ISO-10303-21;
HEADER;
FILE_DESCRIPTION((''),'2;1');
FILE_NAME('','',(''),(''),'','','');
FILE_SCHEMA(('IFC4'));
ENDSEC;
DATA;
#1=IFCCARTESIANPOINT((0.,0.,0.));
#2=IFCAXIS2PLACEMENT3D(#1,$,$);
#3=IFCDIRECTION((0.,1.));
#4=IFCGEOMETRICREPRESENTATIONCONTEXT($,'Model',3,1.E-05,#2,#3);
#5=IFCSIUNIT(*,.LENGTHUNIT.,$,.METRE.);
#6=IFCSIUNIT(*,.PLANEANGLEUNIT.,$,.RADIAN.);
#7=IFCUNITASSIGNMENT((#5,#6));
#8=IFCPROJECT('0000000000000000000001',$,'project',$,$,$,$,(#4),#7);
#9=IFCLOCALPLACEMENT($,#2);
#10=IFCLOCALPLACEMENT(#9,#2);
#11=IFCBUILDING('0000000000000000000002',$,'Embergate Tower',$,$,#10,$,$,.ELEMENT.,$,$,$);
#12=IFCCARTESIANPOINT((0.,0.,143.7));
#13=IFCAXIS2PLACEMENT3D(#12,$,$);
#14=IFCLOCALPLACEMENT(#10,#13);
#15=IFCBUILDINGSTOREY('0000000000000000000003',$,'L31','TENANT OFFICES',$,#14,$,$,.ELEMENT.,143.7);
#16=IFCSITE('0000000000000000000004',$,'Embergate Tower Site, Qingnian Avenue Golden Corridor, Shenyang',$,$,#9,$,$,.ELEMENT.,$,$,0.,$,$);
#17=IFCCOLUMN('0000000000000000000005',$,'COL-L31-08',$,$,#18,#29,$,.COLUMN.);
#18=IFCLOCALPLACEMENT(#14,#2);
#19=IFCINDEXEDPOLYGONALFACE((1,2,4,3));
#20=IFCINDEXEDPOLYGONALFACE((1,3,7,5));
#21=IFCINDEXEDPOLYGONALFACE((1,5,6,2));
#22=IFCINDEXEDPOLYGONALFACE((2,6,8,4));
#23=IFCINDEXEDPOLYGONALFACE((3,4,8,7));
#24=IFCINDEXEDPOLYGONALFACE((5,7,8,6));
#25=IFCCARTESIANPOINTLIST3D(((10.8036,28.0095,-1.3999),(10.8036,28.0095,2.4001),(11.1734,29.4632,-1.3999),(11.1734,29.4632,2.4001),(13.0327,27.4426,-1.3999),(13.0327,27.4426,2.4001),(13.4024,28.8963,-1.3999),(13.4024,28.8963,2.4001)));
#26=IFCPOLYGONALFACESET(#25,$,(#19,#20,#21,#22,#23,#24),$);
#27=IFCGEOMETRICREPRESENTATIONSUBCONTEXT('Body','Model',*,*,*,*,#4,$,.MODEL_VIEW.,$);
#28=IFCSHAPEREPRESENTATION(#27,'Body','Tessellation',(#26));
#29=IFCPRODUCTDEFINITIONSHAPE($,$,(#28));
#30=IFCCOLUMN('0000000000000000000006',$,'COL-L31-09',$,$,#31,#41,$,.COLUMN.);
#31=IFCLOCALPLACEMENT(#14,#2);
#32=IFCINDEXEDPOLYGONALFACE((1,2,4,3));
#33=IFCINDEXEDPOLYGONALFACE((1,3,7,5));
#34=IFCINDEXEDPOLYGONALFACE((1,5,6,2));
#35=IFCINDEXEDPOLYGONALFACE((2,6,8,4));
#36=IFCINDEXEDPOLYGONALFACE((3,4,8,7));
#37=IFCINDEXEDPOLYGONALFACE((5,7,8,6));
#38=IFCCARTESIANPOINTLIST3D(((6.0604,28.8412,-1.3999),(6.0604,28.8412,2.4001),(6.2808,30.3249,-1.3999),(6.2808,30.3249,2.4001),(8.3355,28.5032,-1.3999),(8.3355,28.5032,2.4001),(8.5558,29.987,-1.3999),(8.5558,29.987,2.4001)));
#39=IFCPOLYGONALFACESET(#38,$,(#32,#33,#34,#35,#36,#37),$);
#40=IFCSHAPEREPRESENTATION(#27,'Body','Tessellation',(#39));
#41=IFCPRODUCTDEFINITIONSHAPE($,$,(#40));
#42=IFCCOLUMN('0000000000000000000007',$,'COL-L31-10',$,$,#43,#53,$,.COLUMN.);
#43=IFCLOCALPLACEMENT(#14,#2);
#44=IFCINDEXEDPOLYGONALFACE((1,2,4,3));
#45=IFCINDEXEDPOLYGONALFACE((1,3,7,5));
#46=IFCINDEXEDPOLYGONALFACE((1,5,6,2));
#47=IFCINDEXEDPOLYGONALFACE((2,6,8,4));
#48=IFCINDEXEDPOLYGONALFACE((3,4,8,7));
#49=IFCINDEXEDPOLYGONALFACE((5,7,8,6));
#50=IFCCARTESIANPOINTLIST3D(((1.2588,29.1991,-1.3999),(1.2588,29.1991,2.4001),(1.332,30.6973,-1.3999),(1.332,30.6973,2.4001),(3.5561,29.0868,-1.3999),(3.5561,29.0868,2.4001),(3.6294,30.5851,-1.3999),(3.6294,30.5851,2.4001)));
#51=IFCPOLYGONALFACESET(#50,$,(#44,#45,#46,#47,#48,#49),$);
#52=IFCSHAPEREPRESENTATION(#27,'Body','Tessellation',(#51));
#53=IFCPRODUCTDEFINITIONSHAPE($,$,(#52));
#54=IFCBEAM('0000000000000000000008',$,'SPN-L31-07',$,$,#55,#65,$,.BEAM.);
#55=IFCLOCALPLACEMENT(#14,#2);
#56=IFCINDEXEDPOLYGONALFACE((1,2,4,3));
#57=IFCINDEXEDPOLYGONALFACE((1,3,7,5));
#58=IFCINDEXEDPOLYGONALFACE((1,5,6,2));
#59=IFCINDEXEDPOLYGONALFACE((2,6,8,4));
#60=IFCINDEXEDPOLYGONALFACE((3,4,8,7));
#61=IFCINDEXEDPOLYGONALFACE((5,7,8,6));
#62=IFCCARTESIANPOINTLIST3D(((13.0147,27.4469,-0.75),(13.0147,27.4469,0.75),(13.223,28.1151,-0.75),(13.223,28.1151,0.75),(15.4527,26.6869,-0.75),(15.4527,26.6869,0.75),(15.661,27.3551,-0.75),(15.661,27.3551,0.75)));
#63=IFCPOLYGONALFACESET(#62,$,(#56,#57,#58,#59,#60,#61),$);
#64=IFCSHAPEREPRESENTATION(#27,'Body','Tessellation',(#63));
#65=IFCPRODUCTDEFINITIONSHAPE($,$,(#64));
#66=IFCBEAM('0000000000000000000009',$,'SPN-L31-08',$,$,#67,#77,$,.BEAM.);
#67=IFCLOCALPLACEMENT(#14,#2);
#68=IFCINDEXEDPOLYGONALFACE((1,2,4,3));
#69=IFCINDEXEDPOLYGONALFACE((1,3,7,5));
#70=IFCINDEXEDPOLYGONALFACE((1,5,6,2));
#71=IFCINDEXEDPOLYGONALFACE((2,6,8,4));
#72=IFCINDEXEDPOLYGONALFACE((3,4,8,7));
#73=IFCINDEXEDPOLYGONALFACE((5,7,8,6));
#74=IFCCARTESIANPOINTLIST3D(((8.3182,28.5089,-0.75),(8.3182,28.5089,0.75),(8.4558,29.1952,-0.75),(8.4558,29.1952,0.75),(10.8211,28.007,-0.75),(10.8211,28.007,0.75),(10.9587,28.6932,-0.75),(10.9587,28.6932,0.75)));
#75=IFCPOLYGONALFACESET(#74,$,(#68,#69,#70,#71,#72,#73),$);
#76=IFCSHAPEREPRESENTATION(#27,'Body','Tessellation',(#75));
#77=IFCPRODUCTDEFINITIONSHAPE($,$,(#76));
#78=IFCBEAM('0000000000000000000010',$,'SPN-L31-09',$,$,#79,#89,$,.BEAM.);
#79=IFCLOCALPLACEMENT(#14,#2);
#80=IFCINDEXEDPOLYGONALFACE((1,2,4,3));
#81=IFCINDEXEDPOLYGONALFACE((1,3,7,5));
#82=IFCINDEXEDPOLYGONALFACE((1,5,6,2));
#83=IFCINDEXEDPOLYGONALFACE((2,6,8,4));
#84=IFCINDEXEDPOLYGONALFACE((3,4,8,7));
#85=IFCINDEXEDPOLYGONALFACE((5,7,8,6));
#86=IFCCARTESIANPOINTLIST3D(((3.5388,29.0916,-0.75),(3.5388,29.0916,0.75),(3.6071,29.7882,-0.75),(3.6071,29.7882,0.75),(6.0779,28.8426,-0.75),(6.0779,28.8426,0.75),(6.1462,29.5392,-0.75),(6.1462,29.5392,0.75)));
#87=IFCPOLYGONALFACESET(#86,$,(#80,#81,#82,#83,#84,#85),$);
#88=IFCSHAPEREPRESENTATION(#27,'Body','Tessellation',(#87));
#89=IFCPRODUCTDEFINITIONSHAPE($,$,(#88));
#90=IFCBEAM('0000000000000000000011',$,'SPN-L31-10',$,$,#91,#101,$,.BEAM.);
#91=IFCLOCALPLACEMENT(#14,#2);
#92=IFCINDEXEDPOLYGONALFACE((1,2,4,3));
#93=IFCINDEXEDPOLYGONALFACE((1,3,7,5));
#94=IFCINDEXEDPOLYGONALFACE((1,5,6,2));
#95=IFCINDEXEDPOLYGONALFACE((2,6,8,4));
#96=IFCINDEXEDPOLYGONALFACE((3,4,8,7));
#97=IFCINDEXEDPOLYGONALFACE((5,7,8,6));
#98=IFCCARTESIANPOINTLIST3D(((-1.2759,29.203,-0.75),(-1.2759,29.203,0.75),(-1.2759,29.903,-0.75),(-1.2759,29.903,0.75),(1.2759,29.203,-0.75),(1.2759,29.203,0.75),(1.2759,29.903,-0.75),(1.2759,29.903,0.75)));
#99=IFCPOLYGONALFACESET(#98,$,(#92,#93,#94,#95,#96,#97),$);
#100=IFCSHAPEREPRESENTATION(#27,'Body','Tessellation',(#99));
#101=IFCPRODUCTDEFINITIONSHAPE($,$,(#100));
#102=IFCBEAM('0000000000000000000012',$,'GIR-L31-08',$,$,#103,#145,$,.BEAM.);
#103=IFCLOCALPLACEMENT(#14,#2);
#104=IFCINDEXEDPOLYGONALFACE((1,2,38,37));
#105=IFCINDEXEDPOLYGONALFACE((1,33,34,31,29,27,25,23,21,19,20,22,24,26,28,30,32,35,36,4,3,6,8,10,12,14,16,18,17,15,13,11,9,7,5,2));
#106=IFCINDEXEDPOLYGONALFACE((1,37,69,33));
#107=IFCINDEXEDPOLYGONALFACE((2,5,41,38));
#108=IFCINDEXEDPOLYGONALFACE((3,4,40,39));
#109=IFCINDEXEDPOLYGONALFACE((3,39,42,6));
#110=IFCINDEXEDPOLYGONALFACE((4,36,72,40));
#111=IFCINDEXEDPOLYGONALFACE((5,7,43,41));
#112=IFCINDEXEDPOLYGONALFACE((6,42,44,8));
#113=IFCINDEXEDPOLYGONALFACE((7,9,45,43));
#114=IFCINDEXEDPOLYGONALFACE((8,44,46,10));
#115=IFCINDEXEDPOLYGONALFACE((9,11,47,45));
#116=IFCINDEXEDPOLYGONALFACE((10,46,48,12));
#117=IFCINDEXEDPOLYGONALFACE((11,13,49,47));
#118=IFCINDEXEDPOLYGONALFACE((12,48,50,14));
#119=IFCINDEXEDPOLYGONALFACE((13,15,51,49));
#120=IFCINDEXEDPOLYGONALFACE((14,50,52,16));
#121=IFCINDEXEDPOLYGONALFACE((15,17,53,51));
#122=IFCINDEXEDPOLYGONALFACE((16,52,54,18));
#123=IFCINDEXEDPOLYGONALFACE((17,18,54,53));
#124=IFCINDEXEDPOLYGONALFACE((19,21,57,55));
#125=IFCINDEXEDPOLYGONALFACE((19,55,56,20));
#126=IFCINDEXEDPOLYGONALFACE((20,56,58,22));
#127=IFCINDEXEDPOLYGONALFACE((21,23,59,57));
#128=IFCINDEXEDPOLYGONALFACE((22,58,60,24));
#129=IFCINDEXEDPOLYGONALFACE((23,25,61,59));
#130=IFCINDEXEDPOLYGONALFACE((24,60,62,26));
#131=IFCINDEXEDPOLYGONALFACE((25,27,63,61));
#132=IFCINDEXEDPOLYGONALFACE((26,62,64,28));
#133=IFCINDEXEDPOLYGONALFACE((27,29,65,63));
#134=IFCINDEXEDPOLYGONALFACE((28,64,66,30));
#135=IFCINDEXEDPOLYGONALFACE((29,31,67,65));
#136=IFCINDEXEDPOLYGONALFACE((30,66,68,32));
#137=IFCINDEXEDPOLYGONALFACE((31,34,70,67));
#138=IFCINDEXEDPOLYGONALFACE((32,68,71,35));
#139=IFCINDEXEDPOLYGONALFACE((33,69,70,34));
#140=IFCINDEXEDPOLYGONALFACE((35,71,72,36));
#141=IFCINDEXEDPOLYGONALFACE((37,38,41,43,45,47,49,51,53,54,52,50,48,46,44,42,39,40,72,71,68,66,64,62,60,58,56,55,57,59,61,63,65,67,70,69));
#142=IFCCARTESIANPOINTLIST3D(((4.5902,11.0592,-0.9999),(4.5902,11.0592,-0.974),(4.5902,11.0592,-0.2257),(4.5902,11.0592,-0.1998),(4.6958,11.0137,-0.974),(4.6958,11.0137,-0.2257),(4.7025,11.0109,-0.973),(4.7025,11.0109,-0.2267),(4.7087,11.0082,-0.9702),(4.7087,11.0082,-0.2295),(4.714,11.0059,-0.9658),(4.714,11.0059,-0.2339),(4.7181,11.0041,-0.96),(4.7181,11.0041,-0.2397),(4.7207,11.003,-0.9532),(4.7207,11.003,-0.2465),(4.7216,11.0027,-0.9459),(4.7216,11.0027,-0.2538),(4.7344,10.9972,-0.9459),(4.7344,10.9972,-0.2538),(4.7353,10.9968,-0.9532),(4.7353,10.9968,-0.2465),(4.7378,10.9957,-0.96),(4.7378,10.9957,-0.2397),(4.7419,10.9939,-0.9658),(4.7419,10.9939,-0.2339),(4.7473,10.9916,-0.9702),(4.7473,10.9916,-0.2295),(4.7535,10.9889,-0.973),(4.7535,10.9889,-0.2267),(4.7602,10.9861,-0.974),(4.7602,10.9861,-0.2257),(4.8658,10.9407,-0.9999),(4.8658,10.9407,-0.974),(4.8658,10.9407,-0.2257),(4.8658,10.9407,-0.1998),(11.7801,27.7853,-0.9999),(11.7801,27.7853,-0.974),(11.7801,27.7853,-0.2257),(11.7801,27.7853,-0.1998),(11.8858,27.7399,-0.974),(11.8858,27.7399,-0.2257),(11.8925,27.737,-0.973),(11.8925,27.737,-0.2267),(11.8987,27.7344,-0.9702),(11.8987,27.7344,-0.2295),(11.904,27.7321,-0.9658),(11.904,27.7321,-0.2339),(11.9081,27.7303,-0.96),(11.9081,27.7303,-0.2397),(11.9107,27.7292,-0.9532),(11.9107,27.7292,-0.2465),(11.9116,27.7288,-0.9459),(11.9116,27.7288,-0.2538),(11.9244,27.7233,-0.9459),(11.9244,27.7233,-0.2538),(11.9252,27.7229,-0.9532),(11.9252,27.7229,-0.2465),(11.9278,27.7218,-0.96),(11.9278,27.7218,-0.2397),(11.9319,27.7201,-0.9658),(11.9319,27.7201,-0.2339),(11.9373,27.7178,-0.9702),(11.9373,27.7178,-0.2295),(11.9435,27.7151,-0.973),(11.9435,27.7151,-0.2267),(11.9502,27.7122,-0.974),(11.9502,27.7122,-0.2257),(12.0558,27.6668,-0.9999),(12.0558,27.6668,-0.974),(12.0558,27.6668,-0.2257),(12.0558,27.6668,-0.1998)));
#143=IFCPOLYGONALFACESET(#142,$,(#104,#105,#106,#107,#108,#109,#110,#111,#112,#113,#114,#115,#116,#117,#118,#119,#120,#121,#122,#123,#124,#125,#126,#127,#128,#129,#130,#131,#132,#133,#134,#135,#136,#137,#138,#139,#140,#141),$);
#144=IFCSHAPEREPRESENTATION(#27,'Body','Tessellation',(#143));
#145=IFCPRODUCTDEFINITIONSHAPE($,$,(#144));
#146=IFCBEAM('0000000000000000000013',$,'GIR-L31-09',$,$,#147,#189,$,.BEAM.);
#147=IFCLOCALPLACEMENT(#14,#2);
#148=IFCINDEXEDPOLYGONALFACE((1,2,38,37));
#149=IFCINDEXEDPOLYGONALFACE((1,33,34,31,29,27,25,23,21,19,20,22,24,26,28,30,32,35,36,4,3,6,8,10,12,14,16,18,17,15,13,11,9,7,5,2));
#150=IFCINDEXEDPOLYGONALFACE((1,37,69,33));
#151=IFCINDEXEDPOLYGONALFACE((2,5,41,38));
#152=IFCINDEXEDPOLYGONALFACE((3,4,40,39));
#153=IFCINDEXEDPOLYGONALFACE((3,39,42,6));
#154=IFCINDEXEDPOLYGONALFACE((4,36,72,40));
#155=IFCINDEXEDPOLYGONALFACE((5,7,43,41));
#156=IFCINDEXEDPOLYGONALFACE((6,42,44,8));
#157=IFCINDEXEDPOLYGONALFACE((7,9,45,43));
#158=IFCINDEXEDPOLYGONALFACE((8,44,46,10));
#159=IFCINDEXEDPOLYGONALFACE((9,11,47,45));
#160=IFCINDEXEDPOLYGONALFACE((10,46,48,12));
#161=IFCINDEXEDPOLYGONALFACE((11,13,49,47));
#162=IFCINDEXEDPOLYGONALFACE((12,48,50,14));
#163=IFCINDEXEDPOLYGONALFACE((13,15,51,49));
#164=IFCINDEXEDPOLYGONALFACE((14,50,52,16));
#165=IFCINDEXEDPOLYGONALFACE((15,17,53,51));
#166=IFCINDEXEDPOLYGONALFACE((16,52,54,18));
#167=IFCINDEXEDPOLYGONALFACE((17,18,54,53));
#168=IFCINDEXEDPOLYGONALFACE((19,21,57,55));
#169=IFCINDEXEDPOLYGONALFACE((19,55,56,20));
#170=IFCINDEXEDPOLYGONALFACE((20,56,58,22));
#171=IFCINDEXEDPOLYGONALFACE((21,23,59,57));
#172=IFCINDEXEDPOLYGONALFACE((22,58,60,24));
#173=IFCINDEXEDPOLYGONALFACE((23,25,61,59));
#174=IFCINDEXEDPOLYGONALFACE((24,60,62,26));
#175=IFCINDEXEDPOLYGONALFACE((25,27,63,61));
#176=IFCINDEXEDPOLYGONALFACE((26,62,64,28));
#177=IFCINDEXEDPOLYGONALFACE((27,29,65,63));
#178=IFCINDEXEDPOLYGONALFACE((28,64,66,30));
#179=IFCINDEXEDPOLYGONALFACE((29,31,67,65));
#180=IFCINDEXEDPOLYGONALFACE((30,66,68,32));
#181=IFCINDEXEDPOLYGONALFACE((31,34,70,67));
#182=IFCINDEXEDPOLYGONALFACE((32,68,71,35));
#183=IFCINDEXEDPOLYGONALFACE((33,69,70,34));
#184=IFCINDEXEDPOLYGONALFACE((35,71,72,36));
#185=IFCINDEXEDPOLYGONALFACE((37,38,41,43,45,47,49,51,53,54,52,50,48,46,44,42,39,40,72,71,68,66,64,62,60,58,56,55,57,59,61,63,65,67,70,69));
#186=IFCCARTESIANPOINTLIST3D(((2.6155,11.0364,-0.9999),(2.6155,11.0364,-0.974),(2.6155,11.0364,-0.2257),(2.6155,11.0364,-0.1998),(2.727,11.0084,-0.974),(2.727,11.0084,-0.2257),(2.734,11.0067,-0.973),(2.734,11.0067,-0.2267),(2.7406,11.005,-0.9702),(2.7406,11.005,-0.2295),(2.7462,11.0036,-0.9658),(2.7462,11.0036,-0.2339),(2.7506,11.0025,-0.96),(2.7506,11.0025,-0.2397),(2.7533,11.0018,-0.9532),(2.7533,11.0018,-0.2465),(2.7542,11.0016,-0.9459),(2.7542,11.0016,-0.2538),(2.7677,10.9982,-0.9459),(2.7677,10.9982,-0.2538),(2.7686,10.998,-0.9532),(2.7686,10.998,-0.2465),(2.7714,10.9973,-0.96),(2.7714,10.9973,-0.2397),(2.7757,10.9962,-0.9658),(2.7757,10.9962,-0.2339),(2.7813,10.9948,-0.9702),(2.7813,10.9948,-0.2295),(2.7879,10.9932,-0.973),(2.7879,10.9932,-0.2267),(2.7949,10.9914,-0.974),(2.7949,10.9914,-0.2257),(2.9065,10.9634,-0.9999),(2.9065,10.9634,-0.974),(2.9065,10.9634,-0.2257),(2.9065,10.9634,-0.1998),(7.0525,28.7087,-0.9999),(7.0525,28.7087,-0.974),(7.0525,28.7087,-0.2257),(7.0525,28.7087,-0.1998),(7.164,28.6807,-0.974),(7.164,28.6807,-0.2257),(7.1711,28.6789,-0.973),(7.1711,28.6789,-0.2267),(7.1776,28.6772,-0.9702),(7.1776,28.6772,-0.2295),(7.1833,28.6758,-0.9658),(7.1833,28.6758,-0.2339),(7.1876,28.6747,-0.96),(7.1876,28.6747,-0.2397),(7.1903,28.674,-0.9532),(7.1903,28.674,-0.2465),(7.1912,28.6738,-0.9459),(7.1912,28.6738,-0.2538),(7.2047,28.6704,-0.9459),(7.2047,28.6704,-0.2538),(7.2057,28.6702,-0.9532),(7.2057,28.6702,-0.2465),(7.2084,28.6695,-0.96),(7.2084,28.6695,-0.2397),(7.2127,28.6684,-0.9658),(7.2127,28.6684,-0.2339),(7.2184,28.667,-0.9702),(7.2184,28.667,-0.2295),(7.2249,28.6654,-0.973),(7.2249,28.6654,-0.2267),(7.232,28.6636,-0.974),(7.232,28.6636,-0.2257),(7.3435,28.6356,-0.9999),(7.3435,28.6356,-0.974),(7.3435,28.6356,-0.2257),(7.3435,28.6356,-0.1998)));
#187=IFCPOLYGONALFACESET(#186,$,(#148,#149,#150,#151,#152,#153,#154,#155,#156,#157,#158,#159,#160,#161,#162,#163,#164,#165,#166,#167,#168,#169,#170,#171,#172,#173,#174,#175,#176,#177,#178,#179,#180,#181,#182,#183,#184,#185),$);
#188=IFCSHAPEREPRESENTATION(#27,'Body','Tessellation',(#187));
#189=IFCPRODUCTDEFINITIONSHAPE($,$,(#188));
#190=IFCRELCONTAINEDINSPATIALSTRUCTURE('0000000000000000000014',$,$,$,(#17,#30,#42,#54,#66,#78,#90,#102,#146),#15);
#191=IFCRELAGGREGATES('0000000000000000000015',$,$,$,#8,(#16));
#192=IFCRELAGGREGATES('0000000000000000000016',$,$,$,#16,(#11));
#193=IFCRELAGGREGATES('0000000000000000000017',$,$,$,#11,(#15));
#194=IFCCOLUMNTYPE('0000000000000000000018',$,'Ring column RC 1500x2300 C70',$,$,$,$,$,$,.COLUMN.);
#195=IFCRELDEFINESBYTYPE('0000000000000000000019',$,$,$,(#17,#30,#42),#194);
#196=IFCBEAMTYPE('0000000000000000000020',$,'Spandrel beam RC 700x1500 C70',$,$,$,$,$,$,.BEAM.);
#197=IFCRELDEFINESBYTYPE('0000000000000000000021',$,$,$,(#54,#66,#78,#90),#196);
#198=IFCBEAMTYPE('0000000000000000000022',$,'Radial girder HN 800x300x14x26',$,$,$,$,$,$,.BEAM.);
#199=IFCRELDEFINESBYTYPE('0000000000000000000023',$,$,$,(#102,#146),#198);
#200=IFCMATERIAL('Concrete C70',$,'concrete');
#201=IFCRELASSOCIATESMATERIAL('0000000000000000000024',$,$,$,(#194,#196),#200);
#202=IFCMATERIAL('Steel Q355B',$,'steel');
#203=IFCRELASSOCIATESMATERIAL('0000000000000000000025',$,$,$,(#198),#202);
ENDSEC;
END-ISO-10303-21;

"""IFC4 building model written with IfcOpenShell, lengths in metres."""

from ifc_helpers import new_model, si_unit, direction, frame, origin, origin_2d, place, context, subcontext, project, spatial, rectangle, i_section, extrude, source, transform, mapped, material, material_profile, profile_set, type_object, element, save


model = new_model("IFC4")

# Units and contexts
model_context = context("Model", 3, precision=1e-05, world=origin(), true_north=direction((0.0, 1.0)))
body_context = subcontext(model_context, "Body", "Model", "MODEL_VIEW")
ifc_project = project(units=[si_unit("LENGTHUNIT", "METRE"), si_unit("PLANEANGLEUNIT", "RADIAN")], contexts=[model_context])

# Site, building, storey
site_placement = place(None, origin())
site = spatial("IfcSite", under=ifc_project, at=site_placement, Name="Embergate Tower Site, Qingnian Avenue Golden Corridor, Shenyang", CompositionType="ELEMENT", RefElevation=0.0)
building_placement = place(site_placement, origin())
building = spatial("IfcBuilding", under=site, at=building_placement, Name="Embergate Tower", CompositionType="ELEMENT")
storey_placement = place(building_placement, frame((0.0, 0.0, 143.7)))
storey = spatial("IfcBuildingStorey", under=building, at=storey_placement, Name="L31", Description="TENANT OFFICES", CompositionType="ELEMENT", Elevation=143.7)

# Columns
ifc_material_1 = material(Name="Concrete C70", Category="concrete")
ifc_material_profile_1 = material_profile(ifc_material_1, rectangle(XDim=1.5, YDim=2.3, at=origin_2d()), Name="RC 1500x2300")
ifc_profile_set_1 = profile_set([ifc_material_profile_1], Name="Concrete C70")
column_type = type_object("IfcColumnType", Name="Ring column RC 1500x2300 C70", PredefinedType="COLUMN", material=ifc_profile_set_1)
shared_shape_1 = source(origin(), body_context, "Body", "SweptSolid", [
    extrude(rectangle(XDim=1.5, YDim=2.3, at=origin_2d()), origin(), (0.0, 0.0, 1.0), 3.8),
])
for number, where, z_axis, x_axis, name in (
    (1, (12.103, 28.4529, -1.3999), (0.0, 0.0, 1.0), (0.246492, 0.969145, 0.0), "COL-L31-08"),
    (2, (7.3081, 29.4141, -1.3999), (0.0, 0.0, 1.0), (0.146929, 0.989147, 0.0), "COL-L31-09"),
    (3, (2.4441, 29.8921, -1.3999), (0.0, 0.0, 1.0), (0.048815, 0.998808, 0.0), "COL-L31-10"),
):
    element("IfcColumn", number, at=place(storey_placement, frame(where, z_axis=z_axis, x_axis=x_axis)), inside=storey, type_object=column_type, Name=name, PredefinedType="COLUMN", context=body_context, shape_type="MappedRepresentation", body=[
        mapped(shared_shape_1, transform((0.0, 0.0, 0.0))),
    ])

# Beams
ifc_material_profile_2 = material_profile(ifc_material_1, rectangle(XDim=0.7, YDim=1.5, at=origin_2d()), Name="RC 700x1500")
ifc_profile_set_2 = profile_set([ifc_material_profile_2], Name="Concrete C70")
beam_type_1 = type_object("IfcBeamType", Name="Spandrel beam RC 700x1500 C70", PredefinedType="BEAM", material=ifc_profile_set_2)
shared_shape_2 = source(origin(), body_context, "Body", "SweptSolid", [
    extrude(rectangle(XDim=0.7, YDim=1.5, at=origin_2d()), origin(), (0.0, 0.0, 1.0), 2.5537),
])
beam_1_placement = place(storey_placement, frame((15.5569, 27.021, 0.0), z_axis=(-0.954687, 0.297611, 0.0), x_axis=(-0.297611, -0.954687, 0.0)))
element("IfcBeam", 4, at=beam_1_placement, inside=storey, type_object=beam_type_1, Name="SPN-L31-07", PredefinedType="BEAM", context=body_context, shape_type="MappedRepresentation", body=[
    mapped(shared_shape_2, transform((0.0, 0.0, 0.0))),
])
shared_shape_3 = source(origin(), body_context, "Body", "SweptSolid", [
    extrude(rectangle(XDim=0.7, YDim=1.5, at=origin_2d()), origin(), (0.0, 0.0, 1.0), 2.5527),
])
beam_2_placement = place(storey_placement, frame((10.8899, 28.3501, 0.0), z_axis=(-0.980478, 0.196631, 0.0), x_axis=(-0.196631, -0.980478, 0.0)))
element("IfcBeam", 5, at=beam_2_placement, inside=storey, type_object=beam_type_1, Name="SPN-L31-08", PredefinedType="BEAM", context=body_context, shape_type="MappedRepresentation", body=[
    mapped(shared_shape_3, transform((0.0, 0.0, 0.0))),
])
shared_shape_4 = source(origin(), body_context, "Body", "SweptSolid", [
    extrude(rectangle(XDim=0.7, YDim=1.5, at=origin_2d()), origin(), (0.0, 0.0, 1.0), 2.5513),
])
beam_3_placement = place(storey_placement, frame((6.1121, 29.1909, 0.0), z_axis=(-0.995225, 0.097609, 0.0), x_axis=(-0.097609, -0.995225, 0.0)))
element("IfcBeam", 6, at=beam_3_placement, inside=storey, type_object=beam_type_1, Name="SPN-L31-09", PredefinedType="BEAM", context=body_context, shape_type="MappedRepresentation", body=[
    mapped(shared_shape_4, transform((0.0, 0.0, 0.0))),
])
shared_shape_5 = source(origin(), body_context, "Body", "SweptSolid", [
    extrude(rectangle(XDim=0.7, YDim=1.5, at=origin_2d()), origin(), (0.0, 0.0, 1.0), 2.5518),
])
beam_4_placement = place(storey_placement, frame((1.2759, 29.553, 0.0), z_axis=(-1.0, 0.0, 0.0), x_axis=(0.0, -1.0, 0.0)))
element("IfcBeam", 7, at=beam_4_placement, inside=storey, type_object=beam_type_1, Name="SPN-L31-10", PredefinedType="BEAM", context=body_context, shape_type="MappedRepresentation", body=[
    mapped(shared_shape_5, transform((0.0, 0.0, 0.0))),
])
ifc_material_2 = material(Name="Steel Q355B", Category="steel")
ifc_material_profile_3 = material_profile(ifc_material_2, i_section(OverallWidth=0.3, OverallDepth=0.8, WebThickness=0.0139, FlangeThickness=0.0259, FilletRadius=0.0281, at=origin_2d()), Name="HN 800x300x14x26")
ifc_profile_set_3 = profile_set([ifc_material_profile_3], Name="Steel Q355 grade B")
beam_type_2 = type_object("IfcBeamType", Name="Radial girder HN 800x300x14x26", PredefinedType="BEAM", material=ifc_profile_set_3)
shared_shape_6 = source(origin(), body_context, "Body", "SweptSolid", [
    extrude(i_section(OverallWidth=0.3, OverallDepth=0.8, WebThickness=0.0139, FlangeThickness=0.0259, FilletRadius=0.0281, at=origin_2d()), origin(), (0.0, 0.0, 1.0), 18.2061),
])
beam_5_placement = place(storey_placement, frame((11.918, 27.7261, -0.5999), z_axis=(-0.394922, -0.918714, 0.0), x_axis=(0.918714, -0.394922, 0.0)))
element("IfcBeam", 8, at=beam_5_placement, inside=storey, type_object=beam_type_2, Name="GIR-L31-08", PredefinedType="BEAM", context=body_context, shape_type="MappedRepresentation", body=[
    mapped(shared_shape_6, transform((0.0, 0.0, 0.0))),
])
shared_shape_7 = source(origin(), body_context, "Body", "SweptSolid", [
    extrude(i_section(OverallWidth=0.3, OverallDepth=0.8, WebThickness=0.0139, FlangeThickness=0.0259, FilletRadius=0.0281, at=origin_2d()), origin(), (0.0, 0.0, 1.0), 18.2207),
])
beam_6_placement = place(storey_placement, frame((7.198, 28.6721, -0.5999), z_axis=(-0.243516, -0.969897, 0.0), x_axis=(0.969897, -0.243516, 0.0)))
element("IfcBeam", 9, at=beam_6_placement, inside=storey, type_object=beam_type_2, Name="GIR-L31-09", PredefinedType="BEAM", context=body_context, shape_type="MappedRepresentation", body=[
    mapped(shared_shape_7, transform((0.0, 0.0, 0.0))),
])

save(model, "model.ifc")
